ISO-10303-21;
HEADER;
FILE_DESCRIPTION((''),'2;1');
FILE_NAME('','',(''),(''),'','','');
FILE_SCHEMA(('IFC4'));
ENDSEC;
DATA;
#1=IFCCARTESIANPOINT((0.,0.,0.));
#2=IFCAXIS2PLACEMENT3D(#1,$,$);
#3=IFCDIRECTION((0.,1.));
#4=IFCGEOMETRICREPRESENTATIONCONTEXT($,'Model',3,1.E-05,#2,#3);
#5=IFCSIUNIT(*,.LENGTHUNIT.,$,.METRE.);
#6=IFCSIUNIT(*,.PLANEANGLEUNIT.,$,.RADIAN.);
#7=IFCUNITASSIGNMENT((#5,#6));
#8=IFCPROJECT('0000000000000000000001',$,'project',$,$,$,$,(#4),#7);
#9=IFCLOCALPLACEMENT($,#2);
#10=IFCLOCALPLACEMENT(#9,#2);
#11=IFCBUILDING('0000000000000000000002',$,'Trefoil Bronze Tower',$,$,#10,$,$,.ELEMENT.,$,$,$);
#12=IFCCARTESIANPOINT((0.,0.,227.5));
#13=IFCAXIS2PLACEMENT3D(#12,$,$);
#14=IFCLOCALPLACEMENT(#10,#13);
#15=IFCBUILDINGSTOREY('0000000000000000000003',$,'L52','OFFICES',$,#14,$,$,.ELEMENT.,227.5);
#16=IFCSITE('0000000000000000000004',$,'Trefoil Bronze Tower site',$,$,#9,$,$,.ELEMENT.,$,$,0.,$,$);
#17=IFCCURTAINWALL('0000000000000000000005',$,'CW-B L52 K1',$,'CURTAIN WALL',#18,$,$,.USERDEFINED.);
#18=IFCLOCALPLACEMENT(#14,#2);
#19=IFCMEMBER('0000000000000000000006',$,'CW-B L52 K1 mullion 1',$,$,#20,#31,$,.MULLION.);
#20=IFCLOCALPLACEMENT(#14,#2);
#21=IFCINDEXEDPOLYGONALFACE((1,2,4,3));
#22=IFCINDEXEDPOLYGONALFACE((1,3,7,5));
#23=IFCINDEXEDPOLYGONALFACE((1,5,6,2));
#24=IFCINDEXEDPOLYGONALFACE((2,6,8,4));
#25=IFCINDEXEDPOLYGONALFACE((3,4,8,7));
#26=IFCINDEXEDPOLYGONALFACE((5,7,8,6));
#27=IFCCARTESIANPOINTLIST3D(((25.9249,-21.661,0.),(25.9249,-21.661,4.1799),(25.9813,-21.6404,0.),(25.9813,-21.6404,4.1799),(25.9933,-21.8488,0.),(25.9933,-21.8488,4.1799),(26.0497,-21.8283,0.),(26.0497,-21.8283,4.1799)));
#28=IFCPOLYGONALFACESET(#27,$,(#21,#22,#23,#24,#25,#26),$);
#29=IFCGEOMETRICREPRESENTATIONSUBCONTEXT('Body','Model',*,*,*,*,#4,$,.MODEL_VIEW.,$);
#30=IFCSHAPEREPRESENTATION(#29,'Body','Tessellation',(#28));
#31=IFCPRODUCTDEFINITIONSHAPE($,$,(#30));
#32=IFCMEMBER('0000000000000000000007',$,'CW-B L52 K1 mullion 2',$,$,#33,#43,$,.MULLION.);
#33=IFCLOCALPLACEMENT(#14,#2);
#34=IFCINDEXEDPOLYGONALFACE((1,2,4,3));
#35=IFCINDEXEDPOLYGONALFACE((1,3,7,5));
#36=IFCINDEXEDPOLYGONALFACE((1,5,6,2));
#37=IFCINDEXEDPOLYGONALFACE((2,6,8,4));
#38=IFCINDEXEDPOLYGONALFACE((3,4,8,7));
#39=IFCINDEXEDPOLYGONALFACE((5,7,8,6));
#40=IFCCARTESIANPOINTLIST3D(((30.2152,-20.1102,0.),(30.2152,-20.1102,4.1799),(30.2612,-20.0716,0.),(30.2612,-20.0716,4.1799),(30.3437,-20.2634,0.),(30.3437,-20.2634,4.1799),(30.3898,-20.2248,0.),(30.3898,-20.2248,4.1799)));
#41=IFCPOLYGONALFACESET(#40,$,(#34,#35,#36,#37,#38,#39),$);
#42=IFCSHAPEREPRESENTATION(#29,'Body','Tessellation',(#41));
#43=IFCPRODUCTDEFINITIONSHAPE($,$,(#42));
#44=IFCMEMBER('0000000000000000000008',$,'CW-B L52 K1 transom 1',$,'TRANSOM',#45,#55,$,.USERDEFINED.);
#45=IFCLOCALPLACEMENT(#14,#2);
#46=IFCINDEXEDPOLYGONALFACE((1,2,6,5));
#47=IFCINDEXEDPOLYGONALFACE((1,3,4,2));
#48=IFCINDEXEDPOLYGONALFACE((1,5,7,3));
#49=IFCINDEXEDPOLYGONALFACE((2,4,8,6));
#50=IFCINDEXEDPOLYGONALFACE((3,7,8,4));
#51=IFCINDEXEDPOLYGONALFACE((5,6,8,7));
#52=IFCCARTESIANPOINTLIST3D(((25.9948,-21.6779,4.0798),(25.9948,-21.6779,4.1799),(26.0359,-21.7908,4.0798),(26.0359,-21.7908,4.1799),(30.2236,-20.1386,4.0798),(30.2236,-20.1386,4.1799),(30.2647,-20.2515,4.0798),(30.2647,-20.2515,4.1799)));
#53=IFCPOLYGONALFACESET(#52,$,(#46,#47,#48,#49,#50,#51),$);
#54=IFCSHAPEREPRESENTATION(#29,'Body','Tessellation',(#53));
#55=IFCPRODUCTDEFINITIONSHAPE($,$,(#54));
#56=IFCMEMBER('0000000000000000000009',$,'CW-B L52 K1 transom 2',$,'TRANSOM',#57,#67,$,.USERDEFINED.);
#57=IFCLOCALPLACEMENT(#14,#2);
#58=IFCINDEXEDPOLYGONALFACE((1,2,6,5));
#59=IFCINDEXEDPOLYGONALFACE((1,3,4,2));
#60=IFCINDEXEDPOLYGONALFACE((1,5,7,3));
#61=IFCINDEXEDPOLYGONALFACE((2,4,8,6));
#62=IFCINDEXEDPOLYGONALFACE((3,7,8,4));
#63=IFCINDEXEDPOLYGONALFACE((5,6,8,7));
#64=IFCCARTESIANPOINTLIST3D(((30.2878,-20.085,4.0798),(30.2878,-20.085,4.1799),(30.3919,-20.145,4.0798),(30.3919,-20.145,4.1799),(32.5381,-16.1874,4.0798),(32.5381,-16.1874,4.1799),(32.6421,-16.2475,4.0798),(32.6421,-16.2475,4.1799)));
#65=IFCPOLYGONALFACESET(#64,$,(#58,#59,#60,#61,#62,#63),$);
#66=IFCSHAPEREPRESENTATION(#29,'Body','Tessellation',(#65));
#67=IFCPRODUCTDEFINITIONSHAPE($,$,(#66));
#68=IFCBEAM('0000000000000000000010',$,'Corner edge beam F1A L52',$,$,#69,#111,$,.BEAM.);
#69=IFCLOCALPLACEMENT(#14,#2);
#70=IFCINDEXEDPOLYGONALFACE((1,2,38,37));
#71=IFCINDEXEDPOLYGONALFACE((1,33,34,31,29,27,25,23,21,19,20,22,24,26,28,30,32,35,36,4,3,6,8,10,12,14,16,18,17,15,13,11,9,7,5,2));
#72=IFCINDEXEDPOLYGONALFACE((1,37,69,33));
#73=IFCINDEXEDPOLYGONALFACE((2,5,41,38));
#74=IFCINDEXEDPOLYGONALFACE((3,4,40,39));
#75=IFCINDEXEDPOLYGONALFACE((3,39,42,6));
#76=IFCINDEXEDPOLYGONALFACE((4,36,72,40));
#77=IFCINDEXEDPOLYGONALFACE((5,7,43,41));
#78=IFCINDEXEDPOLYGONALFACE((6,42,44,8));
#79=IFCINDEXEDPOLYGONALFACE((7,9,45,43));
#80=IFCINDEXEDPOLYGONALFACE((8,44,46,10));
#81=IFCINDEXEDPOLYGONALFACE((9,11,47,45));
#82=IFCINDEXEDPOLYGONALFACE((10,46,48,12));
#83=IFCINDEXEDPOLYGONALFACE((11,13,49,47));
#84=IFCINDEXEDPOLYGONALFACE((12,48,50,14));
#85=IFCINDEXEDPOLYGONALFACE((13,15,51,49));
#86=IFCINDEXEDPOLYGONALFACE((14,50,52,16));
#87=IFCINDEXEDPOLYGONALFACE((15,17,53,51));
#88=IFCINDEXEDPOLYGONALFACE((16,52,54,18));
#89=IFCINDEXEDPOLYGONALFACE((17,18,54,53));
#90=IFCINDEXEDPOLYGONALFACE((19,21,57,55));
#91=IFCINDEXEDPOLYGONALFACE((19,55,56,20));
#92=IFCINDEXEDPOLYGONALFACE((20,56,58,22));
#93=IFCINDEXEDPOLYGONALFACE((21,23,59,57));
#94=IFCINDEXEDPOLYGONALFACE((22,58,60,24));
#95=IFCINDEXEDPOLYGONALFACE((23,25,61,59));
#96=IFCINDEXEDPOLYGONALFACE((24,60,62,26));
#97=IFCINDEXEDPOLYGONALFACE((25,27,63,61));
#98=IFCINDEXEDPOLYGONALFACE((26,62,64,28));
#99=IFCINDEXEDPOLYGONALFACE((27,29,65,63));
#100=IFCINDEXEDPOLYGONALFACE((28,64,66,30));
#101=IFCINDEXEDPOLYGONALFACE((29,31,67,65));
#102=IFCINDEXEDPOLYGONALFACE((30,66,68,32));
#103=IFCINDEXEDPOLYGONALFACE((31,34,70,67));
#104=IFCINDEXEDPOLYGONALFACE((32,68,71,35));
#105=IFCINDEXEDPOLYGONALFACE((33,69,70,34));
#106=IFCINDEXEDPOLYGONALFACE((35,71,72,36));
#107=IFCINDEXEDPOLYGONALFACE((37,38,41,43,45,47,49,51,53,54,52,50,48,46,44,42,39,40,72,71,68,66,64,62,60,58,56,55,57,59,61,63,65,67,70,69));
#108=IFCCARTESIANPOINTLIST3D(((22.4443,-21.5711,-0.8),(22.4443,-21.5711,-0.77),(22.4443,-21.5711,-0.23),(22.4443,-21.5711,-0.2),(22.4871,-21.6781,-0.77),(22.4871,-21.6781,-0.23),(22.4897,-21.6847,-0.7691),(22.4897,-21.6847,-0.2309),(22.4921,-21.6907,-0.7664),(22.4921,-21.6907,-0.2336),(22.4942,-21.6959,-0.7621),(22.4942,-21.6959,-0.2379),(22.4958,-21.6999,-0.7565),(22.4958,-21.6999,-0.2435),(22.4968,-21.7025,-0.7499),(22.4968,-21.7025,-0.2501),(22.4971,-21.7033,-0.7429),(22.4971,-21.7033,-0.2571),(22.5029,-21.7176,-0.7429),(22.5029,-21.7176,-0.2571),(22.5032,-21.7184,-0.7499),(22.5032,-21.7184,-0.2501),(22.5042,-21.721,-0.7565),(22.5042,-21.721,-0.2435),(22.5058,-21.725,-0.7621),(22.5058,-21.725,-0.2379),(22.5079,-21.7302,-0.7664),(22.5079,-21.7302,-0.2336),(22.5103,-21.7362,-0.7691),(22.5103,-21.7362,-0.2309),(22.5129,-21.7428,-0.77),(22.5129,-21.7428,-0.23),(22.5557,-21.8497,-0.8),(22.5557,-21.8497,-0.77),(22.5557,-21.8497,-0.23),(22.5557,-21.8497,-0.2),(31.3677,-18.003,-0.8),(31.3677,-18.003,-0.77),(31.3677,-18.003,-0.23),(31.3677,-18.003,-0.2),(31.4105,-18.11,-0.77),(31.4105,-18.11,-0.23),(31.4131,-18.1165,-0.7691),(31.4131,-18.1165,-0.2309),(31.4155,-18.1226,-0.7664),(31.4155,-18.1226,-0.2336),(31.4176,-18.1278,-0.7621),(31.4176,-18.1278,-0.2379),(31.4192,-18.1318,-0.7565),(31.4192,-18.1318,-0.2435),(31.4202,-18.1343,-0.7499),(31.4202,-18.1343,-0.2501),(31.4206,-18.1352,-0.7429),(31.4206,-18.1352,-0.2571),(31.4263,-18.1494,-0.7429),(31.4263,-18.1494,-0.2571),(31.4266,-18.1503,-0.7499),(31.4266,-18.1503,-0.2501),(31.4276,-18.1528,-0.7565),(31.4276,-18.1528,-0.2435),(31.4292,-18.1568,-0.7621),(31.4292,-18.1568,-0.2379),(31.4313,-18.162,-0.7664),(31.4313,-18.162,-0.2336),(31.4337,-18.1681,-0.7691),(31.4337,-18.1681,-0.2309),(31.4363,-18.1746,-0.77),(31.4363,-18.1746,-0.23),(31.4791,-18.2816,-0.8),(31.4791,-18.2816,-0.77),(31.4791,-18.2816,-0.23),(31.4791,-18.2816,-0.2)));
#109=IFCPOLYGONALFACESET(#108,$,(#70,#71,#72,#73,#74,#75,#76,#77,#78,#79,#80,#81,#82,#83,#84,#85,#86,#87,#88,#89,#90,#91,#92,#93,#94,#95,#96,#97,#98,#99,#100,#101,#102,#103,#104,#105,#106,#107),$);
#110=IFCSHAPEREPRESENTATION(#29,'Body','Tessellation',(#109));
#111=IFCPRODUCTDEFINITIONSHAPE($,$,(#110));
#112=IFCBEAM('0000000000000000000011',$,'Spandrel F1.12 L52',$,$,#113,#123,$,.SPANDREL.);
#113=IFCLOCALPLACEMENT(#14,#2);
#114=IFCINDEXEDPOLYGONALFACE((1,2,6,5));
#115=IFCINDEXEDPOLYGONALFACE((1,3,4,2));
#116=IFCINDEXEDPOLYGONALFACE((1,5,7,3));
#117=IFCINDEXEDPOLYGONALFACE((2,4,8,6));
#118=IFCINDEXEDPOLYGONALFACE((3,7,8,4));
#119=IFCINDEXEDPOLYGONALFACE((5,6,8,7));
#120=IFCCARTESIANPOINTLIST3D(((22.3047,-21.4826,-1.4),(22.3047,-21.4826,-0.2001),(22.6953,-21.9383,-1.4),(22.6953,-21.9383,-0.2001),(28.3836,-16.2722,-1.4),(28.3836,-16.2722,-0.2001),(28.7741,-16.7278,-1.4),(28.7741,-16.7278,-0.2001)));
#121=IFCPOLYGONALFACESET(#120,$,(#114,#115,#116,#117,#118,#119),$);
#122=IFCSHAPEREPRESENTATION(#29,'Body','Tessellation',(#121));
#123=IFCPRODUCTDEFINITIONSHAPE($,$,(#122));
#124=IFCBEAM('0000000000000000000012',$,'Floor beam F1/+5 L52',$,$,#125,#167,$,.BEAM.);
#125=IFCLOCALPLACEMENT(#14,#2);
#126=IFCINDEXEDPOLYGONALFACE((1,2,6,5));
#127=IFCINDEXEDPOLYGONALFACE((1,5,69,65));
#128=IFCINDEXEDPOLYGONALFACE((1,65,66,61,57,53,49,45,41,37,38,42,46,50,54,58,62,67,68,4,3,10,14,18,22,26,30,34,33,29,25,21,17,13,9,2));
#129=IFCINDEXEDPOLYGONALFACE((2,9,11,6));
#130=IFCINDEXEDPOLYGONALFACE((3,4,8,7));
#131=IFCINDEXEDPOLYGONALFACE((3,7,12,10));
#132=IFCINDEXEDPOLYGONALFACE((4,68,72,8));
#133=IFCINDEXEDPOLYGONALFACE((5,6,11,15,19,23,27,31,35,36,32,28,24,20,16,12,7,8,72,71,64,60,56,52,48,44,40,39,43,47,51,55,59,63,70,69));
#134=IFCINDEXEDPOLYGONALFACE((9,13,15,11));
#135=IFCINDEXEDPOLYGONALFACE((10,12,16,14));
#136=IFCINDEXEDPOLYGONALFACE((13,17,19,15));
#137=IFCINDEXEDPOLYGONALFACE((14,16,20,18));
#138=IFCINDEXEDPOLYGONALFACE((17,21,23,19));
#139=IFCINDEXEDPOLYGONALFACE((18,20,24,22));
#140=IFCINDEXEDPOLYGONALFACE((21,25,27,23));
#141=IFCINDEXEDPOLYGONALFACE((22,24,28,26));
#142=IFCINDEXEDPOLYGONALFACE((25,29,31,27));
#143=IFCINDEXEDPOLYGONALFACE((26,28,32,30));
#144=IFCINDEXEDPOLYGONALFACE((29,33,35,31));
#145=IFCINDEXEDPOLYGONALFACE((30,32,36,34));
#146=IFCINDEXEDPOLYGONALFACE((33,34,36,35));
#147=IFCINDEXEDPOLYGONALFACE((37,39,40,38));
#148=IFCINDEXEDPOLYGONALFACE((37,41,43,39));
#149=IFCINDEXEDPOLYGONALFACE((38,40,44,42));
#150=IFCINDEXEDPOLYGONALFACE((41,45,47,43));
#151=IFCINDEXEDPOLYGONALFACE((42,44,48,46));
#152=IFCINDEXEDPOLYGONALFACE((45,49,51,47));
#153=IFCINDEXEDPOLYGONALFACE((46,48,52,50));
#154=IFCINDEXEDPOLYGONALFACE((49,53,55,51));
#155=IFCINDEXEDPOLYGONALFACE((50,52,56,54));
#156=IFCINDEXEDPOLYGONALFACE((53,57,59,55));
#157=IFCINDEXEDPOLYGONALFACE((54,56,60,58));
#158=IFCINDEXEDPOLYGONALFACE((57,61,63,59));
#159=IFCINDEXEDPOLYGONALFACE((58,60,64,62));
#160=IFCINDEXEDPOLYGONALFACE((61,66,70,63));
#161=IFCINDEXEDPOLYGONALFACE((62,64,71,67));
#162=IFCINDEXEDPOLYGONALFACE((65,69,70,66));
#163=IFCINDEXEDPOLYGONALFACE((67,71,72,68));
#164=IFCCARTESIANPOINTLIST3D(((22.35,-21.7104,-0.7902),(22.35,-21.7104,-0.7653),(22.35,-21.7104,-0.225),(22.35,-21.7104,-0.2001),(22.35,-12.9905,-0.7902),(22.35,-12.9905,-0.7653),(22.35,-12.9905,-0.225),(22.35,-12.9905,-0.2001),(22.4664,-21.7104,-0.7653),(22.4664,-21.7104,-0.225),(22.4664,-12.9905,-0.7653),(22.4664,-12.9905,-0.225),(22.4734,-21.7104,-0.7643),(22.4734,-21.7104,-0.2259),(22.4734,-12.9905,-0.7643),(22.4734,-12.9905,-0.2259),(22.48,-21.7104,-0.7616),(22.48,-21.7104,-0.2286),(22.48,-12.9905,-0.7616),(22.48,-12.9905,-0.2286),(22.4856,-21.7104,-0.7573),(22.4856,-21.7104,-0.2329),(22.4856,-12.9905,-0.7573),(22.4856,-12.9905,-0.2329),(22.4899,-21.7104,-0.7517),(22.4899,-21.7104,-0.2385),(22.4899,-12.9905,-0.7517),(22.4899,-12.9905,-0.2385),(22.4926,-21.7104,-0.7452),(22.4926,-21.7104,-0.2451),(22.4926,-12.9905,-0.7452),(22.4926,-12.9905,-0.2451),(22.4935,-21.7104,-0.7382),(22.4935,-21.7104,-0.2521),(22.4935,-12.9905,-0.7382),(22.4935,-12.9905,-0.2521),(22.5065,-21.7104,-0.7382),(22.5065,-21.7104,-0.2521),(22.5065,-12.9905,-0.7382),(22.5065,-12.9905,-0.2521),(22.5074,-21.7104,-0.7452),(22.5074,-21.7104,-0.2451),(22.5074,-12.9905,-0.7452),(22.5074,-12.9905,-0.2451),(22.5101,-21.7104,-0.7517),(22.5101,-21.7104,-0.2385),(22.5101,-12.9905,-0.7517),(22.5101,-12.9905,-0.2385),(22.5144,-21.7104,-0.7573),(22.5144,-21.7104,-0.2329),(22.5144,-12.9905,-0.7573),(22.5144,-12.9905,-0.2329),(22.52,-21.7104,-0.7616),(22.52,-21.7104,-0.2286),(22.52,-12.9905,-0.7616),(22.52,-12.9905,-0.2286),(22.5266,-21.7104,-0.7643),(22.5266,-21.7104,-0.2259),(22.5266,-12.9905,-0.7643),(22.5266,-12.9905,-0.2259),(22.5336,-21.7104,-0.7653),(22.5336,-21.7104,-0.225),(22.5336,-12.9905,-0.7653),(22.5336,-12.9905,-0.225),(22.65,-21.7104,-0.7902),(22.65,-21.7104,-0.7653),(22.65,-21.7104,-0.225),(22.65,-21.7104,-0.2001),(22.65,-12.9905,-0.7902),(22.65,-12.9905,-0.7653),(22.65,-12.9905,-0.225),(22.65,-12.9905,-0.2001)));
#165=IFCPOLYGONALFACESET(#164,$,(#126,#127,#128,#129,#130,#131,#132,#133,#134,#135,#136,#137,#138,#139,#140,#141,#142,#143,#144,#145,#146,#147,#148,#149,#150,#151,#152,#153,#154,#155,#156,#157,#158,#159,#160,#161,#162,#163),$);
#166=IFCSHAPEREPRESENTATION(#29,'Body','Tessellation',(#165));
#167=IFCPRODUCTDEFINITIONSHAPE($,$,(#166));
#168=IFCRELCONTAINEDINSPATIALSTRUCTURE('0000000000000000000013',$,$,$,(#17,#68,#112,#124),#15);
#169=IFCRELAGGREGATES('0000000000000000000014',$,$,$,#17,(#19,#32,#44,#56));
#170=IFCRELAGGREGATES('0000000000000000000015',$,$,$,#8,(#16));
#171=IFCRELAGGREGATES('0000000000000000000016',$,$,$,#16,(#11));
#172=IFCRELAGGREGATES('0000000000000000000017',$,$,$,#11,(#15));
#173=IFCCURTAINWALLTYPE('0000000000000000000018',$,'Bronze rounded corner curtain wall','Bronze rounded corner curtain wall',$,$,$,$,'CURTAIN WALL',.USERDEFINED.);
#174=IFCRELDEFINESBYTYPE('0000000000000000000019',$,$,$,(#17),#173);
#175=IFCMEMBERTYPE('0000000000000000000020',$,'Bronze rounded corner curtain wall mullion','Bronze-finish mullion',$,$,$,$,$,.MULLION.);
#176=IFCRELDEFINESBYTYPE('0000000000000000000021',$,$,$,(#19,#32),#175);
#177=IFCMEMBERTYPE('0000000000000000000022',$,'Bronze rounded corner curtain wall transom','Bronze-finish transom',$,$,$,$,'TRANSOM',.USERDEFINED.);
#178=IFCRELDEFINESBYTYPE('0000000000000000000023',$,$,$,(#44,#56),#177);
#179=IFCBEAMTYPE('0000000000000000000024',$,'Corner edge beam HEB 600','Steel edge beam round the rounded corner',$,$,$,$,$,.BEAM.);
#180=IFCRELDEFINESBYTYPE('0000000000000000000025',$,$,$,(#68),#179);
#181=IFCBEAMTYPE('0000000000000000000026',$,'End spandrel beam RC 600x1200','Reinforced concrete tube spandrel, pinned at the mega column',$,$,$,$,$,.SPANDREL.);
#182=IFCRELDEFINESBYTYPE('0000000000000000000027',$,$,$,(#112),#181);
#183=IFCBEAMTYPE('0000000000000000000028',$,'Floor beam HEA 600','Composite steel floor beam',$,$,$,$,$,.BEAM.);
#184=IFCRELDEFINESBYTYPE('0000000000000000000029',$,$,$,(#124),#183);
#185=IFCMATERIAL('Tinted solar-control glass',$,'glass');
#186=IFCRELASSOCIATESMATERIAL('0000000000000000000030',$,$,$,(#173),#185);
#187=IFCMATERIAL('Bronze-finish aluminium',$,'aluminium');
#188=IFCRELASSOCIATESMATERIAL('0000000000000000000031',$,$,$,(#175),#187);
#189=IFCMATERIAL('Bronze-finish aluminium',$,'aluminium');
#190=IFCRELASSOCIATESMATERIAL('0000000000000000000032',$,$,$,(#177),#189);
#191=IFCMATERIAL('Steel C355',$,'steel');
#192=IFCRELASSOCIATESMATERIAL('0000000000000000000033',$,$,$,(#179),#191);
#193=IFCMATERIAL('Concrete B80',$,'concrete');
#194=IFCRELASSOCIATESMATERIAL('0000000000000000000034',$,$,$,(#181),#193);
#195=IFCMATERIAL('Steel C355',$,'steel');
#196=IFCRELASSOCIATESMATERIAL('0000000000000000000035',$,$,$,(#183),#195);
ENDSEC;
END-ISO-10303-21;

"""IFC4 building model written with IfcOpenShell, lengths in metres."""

from ifc_helpers import new_model, si_unit, direction, frame, origin, origin_2d, place, context, subcontext, project, spatial, rectangle, i_section, extrude, material, material_profile, profile_set, type_object, element, aggregate, save


model = new_model("IFC4")

# Units and contexts
model_context = context("Model", 3, precision=1e-05, world=origin(), true_north=direction((0.0, 1.0)))
body_context = subcontext(model_context, "Body", "Model", "MODEL_VIEW")
ifc_project = project(units=[si_unit("LENGTHUNIT", "METRE"), si_unit("PLANEANGLEUNIT", "RADIAN")], contexts=[model_context])

# Site, building, storey
site_placement = place(None, origin())
site = spatial("IfcSite", under=ifc_project, at=site_placement, Name="Trefoil Bronze Tower site", CompositionType="ELEMENT", RefElevation=0.0)
building_placement = place(site_placement, origin())
building = spatial("IfcBuilding", under=site, at=building_placement, Name="Trefoil Bronze Tower", CompositionType="ELEMENT")
storey_placement = place(building_placement, frame((0.0, 0.0, 227.5)))
storey = spatial("IfcBuildingStorey", under=building, at=storey_placement, Name="L52", Description="OFFICES", CompositionType="ELEMENT", Elevation=227.5)

# Curtain wall, members
ifc_material_1 = material(Name="Tinted solar-control glass", Category="glass")
curtain_wall_type_1 = type_object("IfcCurtainWallType", Name="Bronze rounded corner curtain wall", Description="Bronze rounded corner curtain wall", ElementType="CURTAIN WALL", PredefinedType="USERDEFINED", material=ifc_material_1)
curtain_wall_1_placement = place(storey_placement, origin())
curtain_wall_1 = element("IfcCurtainWall", 1, at=curtain_wall_1_placement, inside=storey, type_object=curtain_wall_type_1, Name="CW-B L52 K1", ObjectType="CURTAIN WALL", PredefinedType="USERDEFINED")
ifc_material_2 = material(Name="Bronze-finish aluminium", Category="aluminium")
ifc_material_profile_1 = material_profile(ifc_material_2, rectangle(XDim=0.2, YDim=0.0601, at=origin_2d()), Name="CW-B mullion")
ifc_profile_set_1 = profile_set([ifc_material_profile_1], Name="Bronze-finish aluminium")
member_type_1 = type_object("IfcMemberType", Name="Bronze rounded corner curtain wall mullion", Description="Bronze-finish mullion", PredefinedType="MULLION", material=ifc_profile_set_1)
member_1_placement = place(storey_placement, frame((25.9873, -21.7446, 0.0), z_axis=(0.0, 0.0, 1.0), x_axis=(-0.34202, 0.939693, 0.0)))
member_1 = element("IfcMember", 2, at=member_1_placement, type_object=member_type_1, Name="CW-B L52 K1 mullion 1", PredefinedType="MULLION", context=body_context, shape_type="SweptSolid", body=[
    extrude(rectangle(XDim=0.2, YDim=0.0601, at=origin_2d()), origin(), (0.0, 0.0, 1.0), 4.1799),
])
member_2_placement = place(storey_placement, frame((30.3025, -20.1675, 0.0), z_axis=(0.0, 0.0, 1.0), x_axis=(-0.642788, 0.766044, 0.0)))
member_2 = element("IfcMember", 3, at=member_2_placement, type_object=member_type_1, Name="CW-B L52 K1 mullion 2", PredefinedType="MULLION", context=body_context, shape_type="SweptSolid", body=[
    extrude(rectangle(XDim=0.2, YDim=0.0601, at=origin_2d()), origin(), (0.0, 0.0, 1.0), 4.1799),
])
ifc_material_3 = material(Name="Bronze-finish aluminium", Category="aluminium")
ifc_material_profile_2 = material_profile(ifc_material_3, rectangle(XDim=0.1201, YDim=0.1001, at=origin_2d()), Name="CW-B transom")
ifc_profile_set_2 = profile_set([ifc_material_profile_2], Name="Bronze-finish aluminium")
member_type_2 = type_object("IfcMemberType", Name="Bronze rounded corner curtain wall transom", Description="Bronze-finish transom", ElementType="TRANSOM", PredefinedType="USERDEFINED", material=ifc_profile_set_2)
member_3_placement = place(storey_placement, frame((26.0154, -21.7344, 4.1299), z_axis=(0.939681, 0.342052, 0.0), x_axis=(-0.342052, 0.939681, 0.0)))
member_3 = element("IfcMember", 4, at=member_3_placement, type_object=member_type_2, Name="CW-B L52 K1 transom 1", ObjectType="TRANSOM", PredefinedType="USERDEFINED", context=body_context, shape_type="SweptSolid", body=[
    extrude(rectangle(XDim=0.1201, YDim=0.1001, at=origin_2d()), origin(), (0.0, 0.0, 1.0), 4.5002),
])
member_4_placement = place(storey_placement, frame((30.3398, -20.115, 4.1299), z_axis=(0.500007, 0.866021, 0.0), x_axis=(-0.866021, 0.500007, 0.0)))
member_4 = element("IfcMember", 5, at=member_4_placement, type_object=member_type_2, Name="CW-B L52 K1 transom 2", ObjectType="TRANSOM", PredefinedType="USERDEFINED", context=body_context, shape_type="SweptSolid", body=[
    extrude(rectangle(XDim=0.1201, YDim=0.1001, at=origin_2d()), origin(), (0.0, 0.0, 1.0), 4.5005),
])

# Beams
ifc_material_4 = material(Name="Steel C355", Category="steel")
ifc_material_profile_3 = material_profile(ifc_material_4, i_section(OverallWidth=0.3, OverallDepth=0.6001, WebThickness=0.0154, FlangeThickness=0.03, FilletRadius=0.0271, at=origin_2d()), Name="HEB 600")
ifc_profile_set_3 = profile_set([ifc_material_profile_3], Name="Steel C355")
beam_type_1 = type_object("IfcBeamType", Name="Corner edge beam HEB 600", Description="Steel edge beam round the rounded corner", PredefinedType="BEAM", material=ifc_profile_set_3)
beam_1_placement = place(storey_placement, frame((22.5, -21.7104, -0.5), z_axis=(0.92852, 0.371281, 0.0), x_axis=(-0.371281, 0.92852, 0.0)))
element("IfcBeam", 6, at=beam_1_placement, inside=storey, type_object=beam_type_1, Name="Corner edge beam F1A L52", PredefinedType="BEAM", context=body_context, shape_type="SweptSolid", body=[
    extrude(i_section(OverallWidth=0.3, OverallDepth=0.6001, WebThickness=0.0154, FlangeThickness=0.03, FilletRadius=0.0271, at=origin_2d()), origin(), (0.0, 0.0, 1.0), 9.6104),
])
ifc_material_5 = material(Name="Concrete B80", Category="concrete")
ifc_material_profile_4 = material_profile(ifc_material_5, rectangle(XDim=0.6001, YDim=1.2, at=origin_2d()), Name="RC 600x1200")
ifc_profile_set_4 = profile_set([ifc_material_profile_4], Name="Concrete B80")
beam_type_2 = type_object("IfcBeamType", Name="End spandrel beam RC 600x1200", Description="Reinforced concrete tube spandrel, pinned at the mega column", PredefinedType="SPANDREL", material=ifc_profile_set_4)
beam_2_placement = place(storey_placement, frame((22.5, -21.7104, -0.8), z_axis=(0.759257, 0.650791, 0.0), x_axis=(-0.650791, 0.759257, 0.0)))
element("IfcBeam", 7, at=beam_2_placement, inside=storey, type_object=beam_type_2, Name="Spandrel F1.12 L52", PredefinedType="SPANDREL", context=body_context, shape_type="SweptSolid", body=[
    extrude(rectangle(XDim=0.6001, YDim=1.2, at=origin_2d()), origin(), (0.0, 0.0, 1.0), 8.0063),
])
ifc_material_6 = material(Name="Steel C355", Category="steel")
ifc_material_profile_5 = material_profile(ifc_material_6, i_section(OverallWidth=0.3, OverallDepth=0.5901, WebThickness=0.0129, FlangeThickness=0.0249, FilletRadius=0.0271, at=origin_2d()), Name="HEA 600")
ifc_profile_set_5 = profile_set([ifc_material_profile_5], Name="Steel C355")
beam_type_3 = type_object("IfcBeamType", Name="Floor beam HEA 600", Description="Composite steel floor beam", PredefinedType="BEAM", material=ifc_profile_set_5)
beam_3_placement = place(storey_placement, frame((22.5, -21.7104, -0.4951), z_axis=(0.0, 1.0, 0.0), x_axis=(-1.0, 0.0, 0.0)))
element("IfcBeam", 8, at=beam_3_placement, inside=storey, type_object=beam_type_3, Name="Floor beam F1/+5 L52", PredefinedType="BEAM", context=body_context, shape_type="SweptSolid", body=[
    extrude(i_section(OverallWidth=0.3, OverallDepth=0.5901, WebThickness=0.0129, FlangeThickness=0.0249, FilletRadius=0.0271, at=origin_2d()), origin(), (0.0, 0.0, 1.0), 8.72),
])

aggregate(curtain_wall_1, [member_1, member_2, member_3, member_4])

save(model, "model.ifc")
